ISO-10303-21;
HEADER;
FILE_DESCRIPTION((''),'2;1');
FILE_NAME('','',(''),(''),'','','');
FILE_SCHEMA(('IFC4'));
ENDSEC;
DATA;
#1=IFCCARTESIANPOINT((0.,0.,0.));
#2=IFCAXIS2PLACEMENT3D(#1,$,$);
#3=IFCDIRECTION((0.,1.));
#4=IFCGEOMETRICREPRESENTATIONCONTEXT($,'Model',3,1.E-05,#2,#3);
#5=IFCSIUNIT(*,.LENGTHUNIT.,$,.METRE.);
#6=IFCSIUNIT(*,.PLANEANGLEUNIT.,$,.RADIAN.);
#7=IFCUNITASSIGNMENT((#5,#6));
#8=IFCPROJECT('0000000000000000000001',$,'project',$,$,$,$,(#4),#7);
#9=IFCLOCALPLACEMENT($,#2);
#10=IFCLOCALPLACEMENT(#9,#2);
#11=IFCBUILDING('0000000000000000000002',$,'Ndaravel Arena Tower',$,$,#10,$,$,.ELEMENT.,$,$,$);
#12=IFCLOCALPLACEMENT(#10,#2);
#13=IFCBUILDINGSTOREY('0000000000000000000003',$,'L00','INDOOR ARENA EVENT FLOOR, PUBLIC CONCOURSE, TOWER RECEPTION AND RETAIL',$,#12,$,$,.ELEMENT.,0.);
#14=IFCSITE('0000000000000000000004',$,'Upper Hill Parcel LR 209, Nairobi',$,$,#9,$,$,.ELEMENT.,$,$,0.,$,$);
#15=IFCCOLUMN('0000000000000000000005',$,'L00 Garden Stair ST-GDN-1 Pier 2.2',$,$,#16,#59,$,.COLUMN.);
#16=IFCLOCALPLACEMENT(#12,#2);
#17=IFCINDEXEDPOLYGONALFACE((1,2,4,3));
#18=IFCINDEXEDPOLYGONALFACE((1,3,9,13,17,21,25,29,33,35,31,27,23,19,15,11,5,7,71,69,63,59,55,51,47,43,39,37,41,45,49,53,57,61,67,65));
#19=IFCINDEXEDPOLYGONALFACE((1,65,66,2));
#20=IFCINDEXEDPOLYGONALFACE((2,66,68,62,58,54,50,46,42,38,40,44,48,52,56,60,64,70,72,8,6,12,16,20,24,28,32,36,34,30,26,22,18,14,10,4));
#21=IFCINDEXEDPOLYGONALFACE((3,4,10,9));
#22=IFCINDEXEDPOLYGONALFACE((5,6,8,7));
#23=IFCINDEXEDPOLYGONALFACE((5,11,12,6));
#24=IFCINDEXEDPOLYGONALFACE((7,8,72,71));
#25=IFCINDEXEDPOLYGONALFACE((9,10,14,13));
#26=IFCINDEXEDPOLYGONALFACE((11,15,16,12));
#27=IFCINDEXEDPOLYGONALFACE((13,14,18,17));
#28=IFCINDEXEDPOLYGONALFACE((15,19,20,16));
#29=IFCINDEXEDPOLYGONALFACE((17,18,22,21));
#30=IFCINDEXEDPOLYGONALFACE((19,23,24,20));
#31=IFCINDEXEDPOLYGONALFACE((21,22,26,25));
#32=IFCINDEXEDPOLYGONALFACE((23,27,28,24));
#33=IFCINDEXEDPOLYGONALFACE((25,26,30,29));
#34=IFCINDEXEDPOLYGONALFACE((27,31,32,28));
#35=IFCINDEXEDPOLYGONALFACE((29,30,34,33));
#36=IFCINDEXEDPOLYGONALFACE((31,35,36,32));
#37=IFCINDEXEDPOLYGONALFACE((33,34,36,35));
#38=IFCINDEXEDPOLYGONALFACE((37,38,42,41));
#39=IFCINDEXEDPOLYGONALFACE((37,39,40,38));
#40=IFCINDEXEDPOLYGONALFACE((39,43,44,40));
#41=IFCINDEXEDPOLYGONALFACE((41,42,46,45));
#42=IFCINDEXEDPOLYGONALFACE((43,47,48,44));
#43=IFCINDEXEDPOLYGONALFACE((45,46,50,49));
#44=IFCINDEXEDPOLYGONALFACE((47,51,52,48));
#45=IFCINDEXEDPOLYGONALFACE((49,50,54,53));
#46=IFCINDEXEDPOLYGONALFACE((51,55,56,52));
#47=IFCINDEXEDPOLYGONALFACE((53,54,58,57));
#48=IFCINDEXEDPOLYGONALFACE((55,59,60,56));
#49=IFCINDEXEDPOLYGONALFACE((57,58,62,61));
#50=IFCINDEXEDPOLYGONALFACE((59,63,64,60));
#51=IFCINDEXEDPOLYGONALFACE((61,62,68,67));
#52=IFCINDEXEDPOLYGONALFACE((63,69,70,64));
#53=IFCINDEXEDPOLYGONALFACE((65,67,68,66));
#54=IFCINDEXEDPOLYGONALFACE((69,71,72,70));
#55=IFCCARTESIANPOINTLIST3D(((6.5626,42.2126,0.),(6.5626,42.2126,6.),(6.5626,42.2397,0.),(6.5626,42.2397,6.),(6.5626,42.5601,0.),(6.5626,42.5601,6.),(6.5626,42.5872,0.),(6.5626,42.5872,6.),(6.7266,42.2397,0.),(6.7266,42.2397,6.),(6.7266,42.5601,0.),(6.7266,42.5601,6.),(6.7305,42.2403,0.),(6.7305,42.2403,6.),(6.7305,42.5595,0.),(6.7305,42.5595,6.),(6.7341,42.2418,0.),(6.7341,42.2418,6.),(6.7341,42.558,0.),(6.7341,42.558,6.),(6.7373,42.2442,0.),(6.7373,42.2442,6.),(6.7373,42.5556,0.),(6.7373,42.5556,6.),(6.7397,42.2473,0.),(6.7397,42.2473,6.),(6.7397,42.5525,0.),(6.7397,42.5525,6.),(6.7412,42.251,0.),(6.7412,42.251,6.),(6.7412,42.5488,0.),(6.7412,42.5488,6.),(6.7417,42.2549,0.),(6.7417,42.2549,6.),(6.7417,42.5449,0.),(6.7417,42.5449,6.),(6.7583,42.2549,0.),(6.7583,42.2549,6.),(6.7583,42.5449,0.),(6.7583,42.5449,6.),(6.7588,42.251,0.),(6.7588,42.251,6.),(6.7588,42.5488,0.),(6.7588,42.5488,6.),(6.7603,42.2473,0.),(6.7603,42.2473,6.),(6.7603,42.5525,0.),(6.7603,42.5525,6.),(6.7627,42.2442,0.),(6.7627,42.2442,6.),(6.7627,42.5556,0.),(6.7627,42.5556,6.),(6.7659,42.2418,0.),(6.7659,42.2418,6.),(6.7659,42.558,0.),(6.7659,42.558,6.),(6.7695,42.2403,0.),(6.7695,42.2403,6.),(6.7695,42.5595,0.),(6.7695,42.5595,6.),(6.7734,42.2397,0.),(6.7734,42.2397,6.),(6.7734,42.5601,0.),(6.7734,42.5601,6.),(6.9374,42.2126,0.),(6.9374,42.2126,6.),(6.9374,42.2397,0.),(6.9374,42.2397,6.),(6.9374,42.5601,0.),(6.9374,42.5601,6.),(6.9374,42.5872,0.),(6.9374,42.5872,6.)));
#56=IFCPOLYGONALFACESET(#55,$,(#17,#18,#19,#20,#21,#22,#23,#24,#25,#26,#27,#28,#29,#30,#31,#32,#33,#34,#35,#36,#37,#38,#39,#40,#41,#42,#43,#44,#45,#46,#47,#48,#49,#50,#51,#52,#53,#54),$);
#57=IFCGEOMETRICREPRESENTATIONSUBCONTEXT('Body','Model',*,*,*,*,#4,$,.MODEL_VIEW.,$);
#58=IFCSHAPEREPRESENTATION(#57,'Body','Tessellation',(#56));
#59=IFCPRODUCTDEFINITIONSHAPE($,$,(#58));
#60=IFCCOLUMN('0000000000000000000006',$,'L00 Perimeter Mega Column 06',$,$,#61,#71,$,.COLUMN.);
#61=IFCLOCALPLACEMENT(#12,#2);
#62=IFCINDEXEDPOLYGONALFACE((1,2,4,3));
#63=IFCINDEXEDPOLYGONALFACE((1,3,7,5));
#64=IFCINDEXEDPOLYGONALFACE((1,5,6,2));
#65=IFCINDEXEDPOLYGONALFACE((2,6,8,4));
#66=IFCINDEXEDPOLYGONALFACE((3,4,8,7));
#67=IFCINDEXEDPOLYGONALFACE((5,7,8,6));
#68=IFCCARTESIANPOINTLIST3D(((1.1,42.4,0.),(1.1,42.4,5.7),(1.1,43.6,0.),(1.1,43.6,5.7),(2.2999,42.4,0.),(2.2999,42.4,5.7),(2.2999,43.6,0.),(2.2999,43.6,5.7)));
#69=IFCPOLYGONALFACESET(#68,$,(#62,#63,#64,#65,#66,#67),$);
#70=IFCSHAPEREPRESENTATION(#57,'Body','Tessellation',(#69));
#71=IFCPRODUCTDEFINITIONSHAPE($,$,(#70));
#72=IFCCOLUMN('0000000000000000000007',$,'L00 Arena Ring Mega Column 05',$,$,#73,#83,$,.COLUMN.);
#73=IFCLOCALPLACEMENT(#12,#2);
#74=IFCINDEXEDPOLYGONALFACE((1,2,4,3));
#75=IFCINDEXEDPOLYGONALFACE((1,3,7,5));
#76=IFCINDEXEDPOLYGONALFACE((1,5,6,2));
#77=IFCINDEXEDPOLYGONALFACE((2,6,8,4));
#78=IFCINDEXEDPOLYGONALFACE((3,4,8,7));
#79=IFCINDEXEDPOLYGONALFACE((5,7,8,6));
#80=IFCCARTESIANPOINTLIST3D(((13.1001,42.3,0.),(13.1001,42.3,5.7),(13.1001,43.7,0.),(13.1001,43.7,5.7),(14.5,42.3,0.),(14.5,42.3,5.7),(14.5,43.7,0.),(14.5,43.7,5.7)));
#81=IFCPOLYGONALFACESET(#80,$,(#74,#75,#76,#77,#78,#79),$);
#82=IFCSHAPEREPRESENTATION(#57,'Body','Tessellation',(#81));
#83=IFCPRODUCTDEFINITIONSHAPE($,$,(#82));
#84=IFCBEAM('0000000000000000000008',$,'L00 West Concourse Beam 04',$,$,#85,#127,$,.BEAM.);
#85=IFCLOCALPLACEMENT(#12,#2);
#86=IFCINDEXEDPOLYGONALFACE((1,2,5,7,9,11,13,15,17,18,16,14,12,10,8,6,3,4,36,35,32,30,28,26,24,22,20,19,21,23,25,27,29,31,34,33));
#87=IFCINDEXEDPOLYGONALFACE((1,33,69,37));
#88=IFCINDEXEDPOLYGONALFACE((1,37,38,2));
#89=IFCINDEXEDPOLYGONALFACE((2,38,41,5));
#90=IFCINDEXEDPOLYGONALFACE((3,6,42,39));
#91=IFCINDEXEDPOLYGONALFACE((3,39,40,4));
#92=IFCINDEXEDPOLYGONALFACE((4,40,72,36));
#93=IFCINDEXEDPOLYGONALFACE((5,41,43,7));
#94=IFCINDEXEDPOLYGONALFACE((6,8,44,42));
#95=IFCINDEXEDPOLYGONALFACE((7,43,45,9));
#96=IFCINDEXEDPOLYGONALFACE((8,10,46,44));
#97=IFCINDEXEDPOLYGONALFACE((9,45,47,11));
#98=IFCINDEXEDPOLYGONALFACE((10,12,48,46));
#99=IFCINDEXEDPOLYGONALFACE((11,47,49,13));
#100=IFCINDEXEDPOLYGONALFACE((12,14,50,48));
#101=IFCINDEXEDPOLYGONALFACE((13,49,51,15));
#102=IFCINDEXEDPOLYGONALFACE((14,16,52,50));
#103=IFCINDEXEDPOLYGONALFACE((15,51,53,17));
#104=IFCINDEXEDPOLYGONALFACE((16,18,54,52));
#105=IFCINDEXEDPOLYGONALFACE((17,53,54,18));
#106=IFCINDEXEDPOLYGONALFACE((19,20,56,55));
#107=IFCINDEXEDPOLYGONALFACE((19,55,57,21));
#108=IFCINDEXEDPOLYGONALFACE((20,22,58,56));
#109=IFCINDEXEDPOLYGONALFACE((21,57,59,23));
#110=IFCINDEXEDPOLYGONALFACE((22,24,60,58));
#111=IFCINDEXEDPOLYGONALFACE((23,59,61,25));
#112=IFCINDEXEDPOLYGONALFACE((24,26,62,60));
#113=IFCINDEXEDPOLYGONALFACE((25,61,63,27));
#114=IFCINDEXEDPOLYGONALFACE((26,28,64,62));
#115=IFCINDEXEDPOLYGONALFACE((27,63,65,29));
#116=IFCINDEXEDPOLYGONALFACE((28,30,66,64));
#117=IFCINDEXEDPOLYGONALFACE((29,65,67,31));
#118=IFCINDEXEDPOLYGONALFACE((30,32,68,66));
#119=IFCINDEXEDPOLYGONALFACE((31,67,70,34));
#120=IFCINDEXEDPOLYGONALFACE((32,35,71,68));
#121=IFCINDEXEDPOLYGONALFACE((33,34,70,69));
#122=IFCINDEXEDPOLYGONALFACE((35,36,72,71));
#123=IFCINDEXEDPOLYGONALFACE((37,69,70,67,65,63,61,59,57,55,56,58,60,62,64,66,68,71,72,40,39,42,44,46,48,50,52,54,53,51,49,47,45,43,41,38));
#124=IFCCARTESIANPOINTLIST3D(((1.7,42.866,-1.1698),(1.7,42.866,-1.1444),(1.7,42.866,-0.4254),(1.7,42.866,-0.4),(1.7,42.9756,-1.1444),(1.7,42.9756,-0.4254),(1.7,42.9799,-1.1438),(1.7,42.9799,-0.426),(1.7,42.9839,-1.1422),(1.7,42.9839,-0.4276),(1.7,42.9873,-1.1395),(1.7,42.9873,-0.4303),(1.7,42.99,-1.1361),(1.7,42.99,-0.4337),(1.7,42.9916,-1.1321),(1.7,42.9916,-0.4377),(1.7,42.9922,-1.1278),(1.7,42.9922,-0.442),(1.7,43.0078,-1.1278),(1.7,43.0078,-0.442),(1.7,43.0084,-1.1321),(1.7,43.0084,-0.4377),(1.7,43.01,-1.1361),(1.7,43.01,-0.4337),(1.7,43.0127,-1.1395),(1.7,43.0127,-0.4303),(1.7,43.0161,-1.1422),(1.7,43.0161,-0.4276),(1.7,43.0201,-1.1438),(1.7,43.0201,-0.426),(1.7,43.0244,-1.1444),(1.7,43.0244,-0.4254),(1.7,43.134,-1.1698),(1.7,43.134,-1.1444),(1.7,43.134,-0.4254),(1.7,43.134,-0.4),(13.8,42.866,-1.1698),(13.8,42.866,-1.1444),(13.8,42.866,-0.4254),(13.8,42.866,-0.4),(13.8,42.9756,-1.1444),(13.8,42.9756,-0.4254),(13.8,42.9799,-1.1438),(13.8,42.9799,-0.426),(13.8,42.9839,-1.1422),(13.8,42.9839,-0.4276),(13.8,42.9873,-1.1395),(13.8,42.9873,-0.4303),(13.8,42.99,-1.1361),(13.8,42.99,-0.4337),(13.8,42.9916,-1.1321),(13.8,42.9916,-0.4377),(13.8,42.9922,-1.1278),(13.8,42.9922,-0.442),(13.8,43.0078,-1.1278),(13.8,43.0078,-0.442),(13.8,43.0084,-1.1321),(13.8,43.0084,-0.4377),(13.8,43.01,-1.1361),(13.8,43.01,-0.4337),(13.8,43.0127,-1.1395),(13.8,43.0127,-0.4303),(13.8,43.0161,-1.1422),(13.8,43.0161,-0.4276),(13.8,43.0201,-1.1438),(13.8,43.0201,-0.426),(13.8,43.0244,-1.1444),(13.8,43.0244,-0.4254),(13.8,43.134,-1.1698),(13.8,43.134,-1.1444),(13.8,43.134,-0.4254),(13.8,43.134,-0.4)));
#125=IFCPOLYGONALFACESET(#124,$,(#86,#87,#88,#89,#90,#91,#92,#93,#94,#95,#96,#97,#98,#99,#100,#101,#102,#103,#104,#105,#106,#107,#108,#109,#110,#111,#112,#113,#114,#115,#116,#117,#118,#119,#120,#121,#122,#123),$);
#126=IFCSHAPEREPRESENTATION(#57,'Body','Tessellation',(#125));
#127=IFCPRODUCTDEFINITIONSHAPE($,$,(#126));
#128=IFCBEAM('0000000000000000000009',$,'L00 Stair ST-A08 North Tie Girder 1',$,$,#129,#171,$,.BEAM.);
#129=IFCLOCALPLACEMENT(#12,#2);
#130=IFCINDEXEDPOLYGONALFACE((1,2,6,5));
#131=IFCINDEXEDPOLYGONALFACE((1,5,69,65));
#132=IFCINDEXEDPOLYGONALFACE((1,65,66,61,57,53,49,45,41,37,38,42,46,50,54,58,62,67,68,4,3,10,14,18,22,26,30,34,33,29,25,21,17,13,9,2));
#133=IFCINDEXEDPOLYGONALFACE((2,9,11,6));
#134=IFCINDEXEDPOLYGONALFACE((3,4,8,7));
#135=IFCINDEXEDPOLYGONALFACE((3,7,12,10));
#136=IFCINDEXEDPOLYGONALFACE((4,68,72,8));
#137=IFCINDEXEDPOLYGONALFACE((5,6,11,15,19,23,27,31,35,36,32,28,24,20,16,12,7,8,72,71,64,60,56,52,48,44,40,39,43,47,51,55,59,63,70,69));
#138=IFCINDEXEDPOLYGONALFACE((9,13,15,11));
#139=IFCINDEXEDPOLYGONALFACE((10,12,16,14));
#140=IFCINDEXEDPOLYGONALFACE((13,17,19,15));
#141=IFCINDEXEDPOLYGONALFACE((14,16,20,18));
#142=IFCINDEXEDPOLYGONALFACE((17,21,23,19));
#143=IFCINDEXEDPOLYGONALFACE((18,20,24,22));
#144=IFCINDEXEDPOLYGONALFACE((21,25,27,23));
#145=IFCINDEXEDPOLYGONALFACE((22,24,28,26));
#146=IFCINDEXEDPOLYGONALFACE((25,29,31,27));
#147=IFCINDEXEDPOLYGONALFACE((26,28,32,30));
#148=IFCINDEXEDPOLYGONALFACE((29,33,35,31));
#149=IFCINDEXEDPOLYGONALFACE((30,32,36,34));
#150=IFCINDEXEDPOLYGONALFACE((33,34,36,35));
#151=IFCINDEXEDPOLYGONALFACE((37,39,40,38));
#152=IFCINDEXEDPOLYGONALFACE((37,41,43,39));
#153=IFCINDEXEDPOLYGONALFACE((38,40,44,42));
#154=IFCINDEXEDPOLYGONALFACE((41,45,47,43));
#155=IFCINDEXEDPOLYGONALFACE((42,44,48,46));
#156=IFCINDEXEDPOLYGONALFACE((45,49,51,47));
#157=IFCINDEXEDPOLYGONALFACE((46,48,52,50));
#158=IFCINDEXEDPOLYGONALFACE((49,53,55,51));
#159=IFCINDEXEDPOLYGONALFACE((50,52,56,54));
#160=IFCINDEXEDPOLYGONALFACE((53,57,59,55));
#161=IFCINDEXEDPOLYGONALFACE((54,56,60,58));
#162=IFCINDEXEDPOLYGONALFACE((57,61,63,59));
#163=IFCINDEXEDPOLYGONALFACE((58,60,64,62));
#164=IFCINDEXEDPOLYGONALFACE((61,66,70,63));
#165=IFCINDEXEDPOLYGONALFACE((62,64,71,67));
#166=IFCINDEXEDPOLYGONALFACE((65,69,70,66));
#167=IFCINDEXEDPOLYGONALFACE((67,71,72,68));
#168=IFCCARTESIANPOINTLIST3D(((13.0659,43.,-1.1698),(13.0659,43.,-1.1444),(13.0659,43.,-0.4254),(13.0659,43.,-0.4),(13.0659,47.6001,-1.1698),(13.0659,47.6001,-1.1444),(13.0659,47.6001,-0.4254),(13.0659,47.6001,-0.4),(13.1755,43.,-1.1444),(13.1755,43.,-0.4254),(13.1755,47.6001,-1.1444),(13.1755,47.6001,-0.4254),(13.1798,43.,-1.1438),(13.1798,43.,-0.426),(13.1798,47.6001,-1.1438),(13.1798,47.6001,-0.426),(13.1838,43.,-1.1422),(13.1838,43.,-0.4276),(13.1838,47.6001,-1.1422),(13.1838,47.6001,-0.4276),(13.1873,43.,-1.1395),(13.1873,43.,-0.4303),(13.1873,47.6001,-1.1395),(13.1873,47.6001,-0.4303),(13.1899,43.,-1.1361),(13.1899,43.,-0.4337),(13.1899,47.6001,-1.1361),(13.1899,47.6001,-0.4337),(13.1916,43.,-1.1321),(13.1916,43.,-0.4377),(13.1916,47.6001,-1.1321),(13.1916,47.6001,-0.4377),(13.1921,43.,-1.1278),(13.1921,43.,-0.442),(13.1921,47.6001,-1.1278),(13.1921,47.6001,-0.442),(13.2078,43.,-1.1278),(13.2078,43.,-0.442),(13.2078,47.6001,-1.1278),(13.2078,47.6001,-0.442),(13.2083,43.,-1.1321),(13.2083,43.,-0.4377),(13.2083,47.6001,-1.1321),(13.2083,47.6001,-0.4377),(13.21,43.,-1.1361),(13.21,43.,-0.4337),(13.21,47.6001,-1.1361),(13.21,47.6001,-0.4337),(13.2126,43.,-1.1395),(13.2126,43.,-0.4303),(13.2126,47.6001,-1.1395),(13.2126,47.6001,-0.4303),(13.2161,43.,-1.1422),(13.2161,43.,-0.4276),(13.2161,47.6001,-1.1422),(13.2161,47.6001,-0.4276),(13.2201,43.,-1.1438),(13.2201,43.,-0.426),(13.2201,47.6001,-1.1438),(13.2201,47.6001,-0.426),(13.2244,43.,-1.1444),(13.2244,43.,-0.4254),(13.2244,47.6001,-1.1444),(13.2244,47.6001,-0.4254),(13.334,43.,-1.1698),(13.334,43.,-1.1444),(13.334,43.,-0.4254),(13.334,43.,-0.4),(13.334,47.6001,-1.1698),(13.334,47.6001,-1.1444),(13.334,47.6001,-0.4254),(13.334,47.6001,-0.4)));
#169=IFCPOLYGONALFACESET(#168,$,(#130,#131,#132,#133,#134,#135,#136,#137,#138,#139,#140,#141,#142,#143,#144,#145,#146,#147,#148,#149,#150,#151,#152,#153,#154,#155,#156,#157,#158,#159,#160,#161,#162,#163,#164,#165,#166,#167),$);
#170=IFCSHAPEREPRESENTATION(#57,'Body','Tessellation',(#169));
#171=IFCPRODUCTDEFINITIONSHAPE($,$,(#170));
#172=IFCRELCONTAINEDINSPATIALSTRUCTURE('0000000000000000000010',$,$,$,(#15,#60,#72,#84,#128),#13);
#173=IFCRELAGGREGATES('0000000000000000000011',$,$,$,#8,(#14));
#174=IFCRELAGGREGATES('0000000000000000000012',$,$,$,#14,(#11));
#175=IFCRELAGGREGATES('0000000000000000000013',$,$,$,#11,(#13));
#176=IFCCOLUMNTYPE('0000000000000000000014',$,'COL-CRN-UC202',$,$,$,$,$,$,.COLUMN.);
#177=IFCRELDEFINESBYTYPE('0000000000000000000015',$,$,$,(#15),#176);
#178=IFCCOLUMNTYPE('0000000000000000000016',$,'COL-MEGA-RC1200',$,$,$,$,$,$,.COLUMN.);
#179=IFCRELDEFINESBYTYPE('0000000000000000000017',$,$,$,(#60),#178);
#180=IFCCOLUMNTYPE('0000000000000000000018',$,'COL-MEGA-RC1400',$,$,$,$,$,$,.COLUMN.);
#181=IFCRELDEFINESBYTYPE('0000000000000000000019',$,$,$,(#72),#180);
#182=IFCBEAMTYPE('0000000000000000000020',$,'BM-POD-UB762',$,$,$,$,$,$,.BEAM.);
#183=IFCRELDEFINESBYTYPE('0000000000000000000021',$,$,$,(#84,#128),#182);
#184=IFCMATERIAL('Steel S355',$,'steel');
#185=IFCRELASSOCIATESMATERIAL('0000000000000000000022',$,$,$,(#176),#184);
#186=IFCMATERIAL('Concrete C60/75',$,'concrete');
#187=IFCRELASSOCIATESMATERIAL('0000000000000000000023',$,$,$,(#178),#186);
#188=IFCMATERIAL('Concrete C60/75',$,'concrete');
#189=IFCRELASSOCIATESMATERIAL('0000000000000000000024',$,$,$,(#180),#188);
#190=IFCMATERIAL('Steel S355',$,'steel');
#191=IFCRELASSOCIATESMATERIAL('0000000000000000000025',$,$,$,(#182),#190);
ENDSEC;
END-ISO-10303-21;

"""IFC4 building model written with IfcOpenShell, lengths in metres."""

from ifc_helpers import new_model, si_unit, direction, frame, origin, origin_2d, place, context, subcontext, project, spatial, rectangle, i_section, extrude, material, material_profile, profile_set, type_object, element, save


model = new_model("IFC4")

# Units and contexts
model_context = context("Model", 3, precision=1e-05, world=origin(), true_north=direction((0.0, 1.0)))
body_context = subcontext(model_context, "Body", "Model", "MODEL_VIEW")
ifc_project = project(units=[si_unit("LENGTHUNIT", "METRE"), si_unit("PLANEANGLEUNIT", "RADIAN")], contexts=[model_context])

# Site, building, storey
site_placement = place(None, origin())
site = spatial("IfcSite", under=ifc_project, at=site_placement, Name="Upper Hill Parcel LR 209, Nairobi", CompositionType="ELEMENT", RefElevation=0.0)
building_placement = place(site_placement, origin())
building = spatial("IfcBuilding", under=site, at=building_placement, Name="Ndaravel Arena Tower", CompositionType="ELEMENT")
storey_placement = place(building_placement, origin())
storey = spatial("IfcBuildingStorey", under=building, at=storey_placement, Name="L00", Description="INDOOR ARENA EVENT FLOOR, PUBLIC CONCOURSE, TOWER RECEPTION AND RETAIL", CompositionType="ELEMENT", Elevation=0.0)

# Columns
ifc_material_1 = material(Name="Steel S355", Category="steel")
ifc_material_profile_1 = material_profile(ifc_material_1, i_section(OverallWidth=0.3748, OverallDepth=0.3745, WebThickness=0.0166, FlangeThickness=0.0271, FilletRadius=0.0151, at=origin_2d()), Name="UC 356x368x202")
ifc_profile_set_1 = profile_set([ifc_material_profile_1], Name="Steel S355")
column_type_1 = type_object("IfcColumnType", Name="COL-CRN-UC202", PredefinedType="COLUMN", material=ifc_profile_set_1)
column_1_placement = place(storey_placement, frame((6.75, 42.3999, 0.0), z_axis=(0.0, 0.0, 1.0), x_axis=(1.0, 0.0, 0.0)))
element("IfcColumn", 1, at=column_1_placement, inside=storey, type_object=column_type_1, Name="L00 Garden Stair ST-GDN-1 Pier 2.2", PredefinedType="COLUMN", context=body_context, shape_type="SweptSolid", body=[
    extrude(i_section(OverallWidth=0.3748, OverallDepth=0.3745, WebThickness=0.0166, FlangeThickness=0.0271, FilletRadius=0.0151, at=origin_2d()), origin(), (0.0, 0.0, 1.0), 6.0),
])
ifc_material_2 = material(Name="Concrete C60/75", Category="concrete")
ifc_material_profile_2 = material_profile(ifc_material_2, rectangle(XDim=1.2, YDim=1.2, at=origin_2d()), Name="RC 1200x1200")
ifc_profile_set_2 = profile_set([ifc_material_profile_2], Name="Concrete C60/75")
column_type_2 = type_object("IfcColumnType", Name="COL-MEGA-RC1200", PredefinedType="COLUMN", material=ifc_profile_set_2)
column_2_placement = place(storey_placement, frame((1.7, 43.0, 0.0), z_axis=(0.0, 0.0, 1.0), x_axis=(1.0, 0.0, 0.0)))
element("IfcColumn", 2, at=column_2_placement, inside=storey, type_object=column_type_2, Name="L00 Perimeter Mega Column 06", PredefinedType="COLUMN", context=body_context, shape_type="SweptSolid", body=[
    extrude(rectangle(XDim=1.2, YDim=1.2, at=origin_2d()), origin(), (0.0, 0.0, 1.0), 5.7),
])
ifc_material_3 = material(Name="Concrete C60/75", Category="concrete")
ifc_material_profile_3 = material_profile(ifc_material_3, rectangle(XDim=1.3999, YDim=1.3999, at=origin_2d()), Name="RC 1400x1400")
ifc_profile_set_3 = profile_set([ifc_material_profile_3], Name="Concrete C60/75")
column_type_3 = type_object("IfcColumnType", Name="COL-MEGA-RC1400", PredefinedType="COLUMN", material=ifc_profile_set_3)
column_3_placement = place(storey_placement, frame((13.8, 43.0, 0.0), z_axis=(0.0, 0.0, 1.0), x_axis=(1.0, 0.0, 0.0)))
element("IfcColumn", 3, at=column_3_placement, inside=storey, type_object=column_type_3, Name="L00 Arena Ring Mega Column 05", PredefinedType="COLUMN", context=body_context, shape_type="SweptSolid", body=[
    extrude(rectangle(XDim=1.3999, YDim=1.3999, at=origin_2d()), origin(), (0.0, 0.0, 1.0), 5.7),
])

# Beams
ifc_material_4 = material(Name="Steel S355", Category="steel")
ifc_material_profile_4 = material_profile(ifc_material_4, i_section(OverallWidth=0.2681, OverallDepth=0.7698, WebThickness=0.0156, FlangeThickness=0.0254, FilletRadius=0.0166, at=origin_2d()), Name="UB 762x267x197")
ifc_profile_set_4 = profile_set([ifc_material_profile_4], Name="Steel S355")
beam_type_1 = type_object("IfcBeamType", Name="BM-POD-UB762", PredefinedType="BEAM", material=ifc_profile_set_4)
beam_1_placement = place(storey_placement, frame((1.7, 43.0, -0.7849), z_axis=(1.0, 0.0, 0.0), x_axis=(0.0, 1.0, 0.0)))
element("IfcBeam", 4, at=beam_1_placement, inside=storey, type_object=beam_type_1, Name="L00 West Concourse Beam 04", PredefinedType="BEAM", context=body_context, shape_type="SweptSolid", body=[
    extrude(i_section(OverallWidth=0.2681, OverallDepth=0.7698, WebThickness=0.0156, FlangeThickness=0.0254, FilletRadius=0.0166, at=origin_2d()), origin(), (0.0, 0.0, 1.0), 12.1001),
])
beam_2_placement = place(storey_placement, frame((13.2, 43.0, -0.7849), z_axis=(0.0, 1.0, 0.0), x_axis=(-1.0, 0.0, 0.0)))
element("IfcBeam", 5, at=beam_2_placement, inside=storey, type_object=beam_type_1, Name="L00 Stair ST-A08 North Tie Girder 1", PredefinedType="BEAM", context=body_context, shape_type="SweptSolid", body=[
    extrude(i_section(OverallWidth=0.2681, OverallDepth=0.7698, WebThickness=0.0156, FlangeThickness=0.0254, FilletRadius=0.0166, at=origin_2d()), origin(), (0.0, 0.0, 1.0), 4.6001),
])

save(model, "model.ifc")
